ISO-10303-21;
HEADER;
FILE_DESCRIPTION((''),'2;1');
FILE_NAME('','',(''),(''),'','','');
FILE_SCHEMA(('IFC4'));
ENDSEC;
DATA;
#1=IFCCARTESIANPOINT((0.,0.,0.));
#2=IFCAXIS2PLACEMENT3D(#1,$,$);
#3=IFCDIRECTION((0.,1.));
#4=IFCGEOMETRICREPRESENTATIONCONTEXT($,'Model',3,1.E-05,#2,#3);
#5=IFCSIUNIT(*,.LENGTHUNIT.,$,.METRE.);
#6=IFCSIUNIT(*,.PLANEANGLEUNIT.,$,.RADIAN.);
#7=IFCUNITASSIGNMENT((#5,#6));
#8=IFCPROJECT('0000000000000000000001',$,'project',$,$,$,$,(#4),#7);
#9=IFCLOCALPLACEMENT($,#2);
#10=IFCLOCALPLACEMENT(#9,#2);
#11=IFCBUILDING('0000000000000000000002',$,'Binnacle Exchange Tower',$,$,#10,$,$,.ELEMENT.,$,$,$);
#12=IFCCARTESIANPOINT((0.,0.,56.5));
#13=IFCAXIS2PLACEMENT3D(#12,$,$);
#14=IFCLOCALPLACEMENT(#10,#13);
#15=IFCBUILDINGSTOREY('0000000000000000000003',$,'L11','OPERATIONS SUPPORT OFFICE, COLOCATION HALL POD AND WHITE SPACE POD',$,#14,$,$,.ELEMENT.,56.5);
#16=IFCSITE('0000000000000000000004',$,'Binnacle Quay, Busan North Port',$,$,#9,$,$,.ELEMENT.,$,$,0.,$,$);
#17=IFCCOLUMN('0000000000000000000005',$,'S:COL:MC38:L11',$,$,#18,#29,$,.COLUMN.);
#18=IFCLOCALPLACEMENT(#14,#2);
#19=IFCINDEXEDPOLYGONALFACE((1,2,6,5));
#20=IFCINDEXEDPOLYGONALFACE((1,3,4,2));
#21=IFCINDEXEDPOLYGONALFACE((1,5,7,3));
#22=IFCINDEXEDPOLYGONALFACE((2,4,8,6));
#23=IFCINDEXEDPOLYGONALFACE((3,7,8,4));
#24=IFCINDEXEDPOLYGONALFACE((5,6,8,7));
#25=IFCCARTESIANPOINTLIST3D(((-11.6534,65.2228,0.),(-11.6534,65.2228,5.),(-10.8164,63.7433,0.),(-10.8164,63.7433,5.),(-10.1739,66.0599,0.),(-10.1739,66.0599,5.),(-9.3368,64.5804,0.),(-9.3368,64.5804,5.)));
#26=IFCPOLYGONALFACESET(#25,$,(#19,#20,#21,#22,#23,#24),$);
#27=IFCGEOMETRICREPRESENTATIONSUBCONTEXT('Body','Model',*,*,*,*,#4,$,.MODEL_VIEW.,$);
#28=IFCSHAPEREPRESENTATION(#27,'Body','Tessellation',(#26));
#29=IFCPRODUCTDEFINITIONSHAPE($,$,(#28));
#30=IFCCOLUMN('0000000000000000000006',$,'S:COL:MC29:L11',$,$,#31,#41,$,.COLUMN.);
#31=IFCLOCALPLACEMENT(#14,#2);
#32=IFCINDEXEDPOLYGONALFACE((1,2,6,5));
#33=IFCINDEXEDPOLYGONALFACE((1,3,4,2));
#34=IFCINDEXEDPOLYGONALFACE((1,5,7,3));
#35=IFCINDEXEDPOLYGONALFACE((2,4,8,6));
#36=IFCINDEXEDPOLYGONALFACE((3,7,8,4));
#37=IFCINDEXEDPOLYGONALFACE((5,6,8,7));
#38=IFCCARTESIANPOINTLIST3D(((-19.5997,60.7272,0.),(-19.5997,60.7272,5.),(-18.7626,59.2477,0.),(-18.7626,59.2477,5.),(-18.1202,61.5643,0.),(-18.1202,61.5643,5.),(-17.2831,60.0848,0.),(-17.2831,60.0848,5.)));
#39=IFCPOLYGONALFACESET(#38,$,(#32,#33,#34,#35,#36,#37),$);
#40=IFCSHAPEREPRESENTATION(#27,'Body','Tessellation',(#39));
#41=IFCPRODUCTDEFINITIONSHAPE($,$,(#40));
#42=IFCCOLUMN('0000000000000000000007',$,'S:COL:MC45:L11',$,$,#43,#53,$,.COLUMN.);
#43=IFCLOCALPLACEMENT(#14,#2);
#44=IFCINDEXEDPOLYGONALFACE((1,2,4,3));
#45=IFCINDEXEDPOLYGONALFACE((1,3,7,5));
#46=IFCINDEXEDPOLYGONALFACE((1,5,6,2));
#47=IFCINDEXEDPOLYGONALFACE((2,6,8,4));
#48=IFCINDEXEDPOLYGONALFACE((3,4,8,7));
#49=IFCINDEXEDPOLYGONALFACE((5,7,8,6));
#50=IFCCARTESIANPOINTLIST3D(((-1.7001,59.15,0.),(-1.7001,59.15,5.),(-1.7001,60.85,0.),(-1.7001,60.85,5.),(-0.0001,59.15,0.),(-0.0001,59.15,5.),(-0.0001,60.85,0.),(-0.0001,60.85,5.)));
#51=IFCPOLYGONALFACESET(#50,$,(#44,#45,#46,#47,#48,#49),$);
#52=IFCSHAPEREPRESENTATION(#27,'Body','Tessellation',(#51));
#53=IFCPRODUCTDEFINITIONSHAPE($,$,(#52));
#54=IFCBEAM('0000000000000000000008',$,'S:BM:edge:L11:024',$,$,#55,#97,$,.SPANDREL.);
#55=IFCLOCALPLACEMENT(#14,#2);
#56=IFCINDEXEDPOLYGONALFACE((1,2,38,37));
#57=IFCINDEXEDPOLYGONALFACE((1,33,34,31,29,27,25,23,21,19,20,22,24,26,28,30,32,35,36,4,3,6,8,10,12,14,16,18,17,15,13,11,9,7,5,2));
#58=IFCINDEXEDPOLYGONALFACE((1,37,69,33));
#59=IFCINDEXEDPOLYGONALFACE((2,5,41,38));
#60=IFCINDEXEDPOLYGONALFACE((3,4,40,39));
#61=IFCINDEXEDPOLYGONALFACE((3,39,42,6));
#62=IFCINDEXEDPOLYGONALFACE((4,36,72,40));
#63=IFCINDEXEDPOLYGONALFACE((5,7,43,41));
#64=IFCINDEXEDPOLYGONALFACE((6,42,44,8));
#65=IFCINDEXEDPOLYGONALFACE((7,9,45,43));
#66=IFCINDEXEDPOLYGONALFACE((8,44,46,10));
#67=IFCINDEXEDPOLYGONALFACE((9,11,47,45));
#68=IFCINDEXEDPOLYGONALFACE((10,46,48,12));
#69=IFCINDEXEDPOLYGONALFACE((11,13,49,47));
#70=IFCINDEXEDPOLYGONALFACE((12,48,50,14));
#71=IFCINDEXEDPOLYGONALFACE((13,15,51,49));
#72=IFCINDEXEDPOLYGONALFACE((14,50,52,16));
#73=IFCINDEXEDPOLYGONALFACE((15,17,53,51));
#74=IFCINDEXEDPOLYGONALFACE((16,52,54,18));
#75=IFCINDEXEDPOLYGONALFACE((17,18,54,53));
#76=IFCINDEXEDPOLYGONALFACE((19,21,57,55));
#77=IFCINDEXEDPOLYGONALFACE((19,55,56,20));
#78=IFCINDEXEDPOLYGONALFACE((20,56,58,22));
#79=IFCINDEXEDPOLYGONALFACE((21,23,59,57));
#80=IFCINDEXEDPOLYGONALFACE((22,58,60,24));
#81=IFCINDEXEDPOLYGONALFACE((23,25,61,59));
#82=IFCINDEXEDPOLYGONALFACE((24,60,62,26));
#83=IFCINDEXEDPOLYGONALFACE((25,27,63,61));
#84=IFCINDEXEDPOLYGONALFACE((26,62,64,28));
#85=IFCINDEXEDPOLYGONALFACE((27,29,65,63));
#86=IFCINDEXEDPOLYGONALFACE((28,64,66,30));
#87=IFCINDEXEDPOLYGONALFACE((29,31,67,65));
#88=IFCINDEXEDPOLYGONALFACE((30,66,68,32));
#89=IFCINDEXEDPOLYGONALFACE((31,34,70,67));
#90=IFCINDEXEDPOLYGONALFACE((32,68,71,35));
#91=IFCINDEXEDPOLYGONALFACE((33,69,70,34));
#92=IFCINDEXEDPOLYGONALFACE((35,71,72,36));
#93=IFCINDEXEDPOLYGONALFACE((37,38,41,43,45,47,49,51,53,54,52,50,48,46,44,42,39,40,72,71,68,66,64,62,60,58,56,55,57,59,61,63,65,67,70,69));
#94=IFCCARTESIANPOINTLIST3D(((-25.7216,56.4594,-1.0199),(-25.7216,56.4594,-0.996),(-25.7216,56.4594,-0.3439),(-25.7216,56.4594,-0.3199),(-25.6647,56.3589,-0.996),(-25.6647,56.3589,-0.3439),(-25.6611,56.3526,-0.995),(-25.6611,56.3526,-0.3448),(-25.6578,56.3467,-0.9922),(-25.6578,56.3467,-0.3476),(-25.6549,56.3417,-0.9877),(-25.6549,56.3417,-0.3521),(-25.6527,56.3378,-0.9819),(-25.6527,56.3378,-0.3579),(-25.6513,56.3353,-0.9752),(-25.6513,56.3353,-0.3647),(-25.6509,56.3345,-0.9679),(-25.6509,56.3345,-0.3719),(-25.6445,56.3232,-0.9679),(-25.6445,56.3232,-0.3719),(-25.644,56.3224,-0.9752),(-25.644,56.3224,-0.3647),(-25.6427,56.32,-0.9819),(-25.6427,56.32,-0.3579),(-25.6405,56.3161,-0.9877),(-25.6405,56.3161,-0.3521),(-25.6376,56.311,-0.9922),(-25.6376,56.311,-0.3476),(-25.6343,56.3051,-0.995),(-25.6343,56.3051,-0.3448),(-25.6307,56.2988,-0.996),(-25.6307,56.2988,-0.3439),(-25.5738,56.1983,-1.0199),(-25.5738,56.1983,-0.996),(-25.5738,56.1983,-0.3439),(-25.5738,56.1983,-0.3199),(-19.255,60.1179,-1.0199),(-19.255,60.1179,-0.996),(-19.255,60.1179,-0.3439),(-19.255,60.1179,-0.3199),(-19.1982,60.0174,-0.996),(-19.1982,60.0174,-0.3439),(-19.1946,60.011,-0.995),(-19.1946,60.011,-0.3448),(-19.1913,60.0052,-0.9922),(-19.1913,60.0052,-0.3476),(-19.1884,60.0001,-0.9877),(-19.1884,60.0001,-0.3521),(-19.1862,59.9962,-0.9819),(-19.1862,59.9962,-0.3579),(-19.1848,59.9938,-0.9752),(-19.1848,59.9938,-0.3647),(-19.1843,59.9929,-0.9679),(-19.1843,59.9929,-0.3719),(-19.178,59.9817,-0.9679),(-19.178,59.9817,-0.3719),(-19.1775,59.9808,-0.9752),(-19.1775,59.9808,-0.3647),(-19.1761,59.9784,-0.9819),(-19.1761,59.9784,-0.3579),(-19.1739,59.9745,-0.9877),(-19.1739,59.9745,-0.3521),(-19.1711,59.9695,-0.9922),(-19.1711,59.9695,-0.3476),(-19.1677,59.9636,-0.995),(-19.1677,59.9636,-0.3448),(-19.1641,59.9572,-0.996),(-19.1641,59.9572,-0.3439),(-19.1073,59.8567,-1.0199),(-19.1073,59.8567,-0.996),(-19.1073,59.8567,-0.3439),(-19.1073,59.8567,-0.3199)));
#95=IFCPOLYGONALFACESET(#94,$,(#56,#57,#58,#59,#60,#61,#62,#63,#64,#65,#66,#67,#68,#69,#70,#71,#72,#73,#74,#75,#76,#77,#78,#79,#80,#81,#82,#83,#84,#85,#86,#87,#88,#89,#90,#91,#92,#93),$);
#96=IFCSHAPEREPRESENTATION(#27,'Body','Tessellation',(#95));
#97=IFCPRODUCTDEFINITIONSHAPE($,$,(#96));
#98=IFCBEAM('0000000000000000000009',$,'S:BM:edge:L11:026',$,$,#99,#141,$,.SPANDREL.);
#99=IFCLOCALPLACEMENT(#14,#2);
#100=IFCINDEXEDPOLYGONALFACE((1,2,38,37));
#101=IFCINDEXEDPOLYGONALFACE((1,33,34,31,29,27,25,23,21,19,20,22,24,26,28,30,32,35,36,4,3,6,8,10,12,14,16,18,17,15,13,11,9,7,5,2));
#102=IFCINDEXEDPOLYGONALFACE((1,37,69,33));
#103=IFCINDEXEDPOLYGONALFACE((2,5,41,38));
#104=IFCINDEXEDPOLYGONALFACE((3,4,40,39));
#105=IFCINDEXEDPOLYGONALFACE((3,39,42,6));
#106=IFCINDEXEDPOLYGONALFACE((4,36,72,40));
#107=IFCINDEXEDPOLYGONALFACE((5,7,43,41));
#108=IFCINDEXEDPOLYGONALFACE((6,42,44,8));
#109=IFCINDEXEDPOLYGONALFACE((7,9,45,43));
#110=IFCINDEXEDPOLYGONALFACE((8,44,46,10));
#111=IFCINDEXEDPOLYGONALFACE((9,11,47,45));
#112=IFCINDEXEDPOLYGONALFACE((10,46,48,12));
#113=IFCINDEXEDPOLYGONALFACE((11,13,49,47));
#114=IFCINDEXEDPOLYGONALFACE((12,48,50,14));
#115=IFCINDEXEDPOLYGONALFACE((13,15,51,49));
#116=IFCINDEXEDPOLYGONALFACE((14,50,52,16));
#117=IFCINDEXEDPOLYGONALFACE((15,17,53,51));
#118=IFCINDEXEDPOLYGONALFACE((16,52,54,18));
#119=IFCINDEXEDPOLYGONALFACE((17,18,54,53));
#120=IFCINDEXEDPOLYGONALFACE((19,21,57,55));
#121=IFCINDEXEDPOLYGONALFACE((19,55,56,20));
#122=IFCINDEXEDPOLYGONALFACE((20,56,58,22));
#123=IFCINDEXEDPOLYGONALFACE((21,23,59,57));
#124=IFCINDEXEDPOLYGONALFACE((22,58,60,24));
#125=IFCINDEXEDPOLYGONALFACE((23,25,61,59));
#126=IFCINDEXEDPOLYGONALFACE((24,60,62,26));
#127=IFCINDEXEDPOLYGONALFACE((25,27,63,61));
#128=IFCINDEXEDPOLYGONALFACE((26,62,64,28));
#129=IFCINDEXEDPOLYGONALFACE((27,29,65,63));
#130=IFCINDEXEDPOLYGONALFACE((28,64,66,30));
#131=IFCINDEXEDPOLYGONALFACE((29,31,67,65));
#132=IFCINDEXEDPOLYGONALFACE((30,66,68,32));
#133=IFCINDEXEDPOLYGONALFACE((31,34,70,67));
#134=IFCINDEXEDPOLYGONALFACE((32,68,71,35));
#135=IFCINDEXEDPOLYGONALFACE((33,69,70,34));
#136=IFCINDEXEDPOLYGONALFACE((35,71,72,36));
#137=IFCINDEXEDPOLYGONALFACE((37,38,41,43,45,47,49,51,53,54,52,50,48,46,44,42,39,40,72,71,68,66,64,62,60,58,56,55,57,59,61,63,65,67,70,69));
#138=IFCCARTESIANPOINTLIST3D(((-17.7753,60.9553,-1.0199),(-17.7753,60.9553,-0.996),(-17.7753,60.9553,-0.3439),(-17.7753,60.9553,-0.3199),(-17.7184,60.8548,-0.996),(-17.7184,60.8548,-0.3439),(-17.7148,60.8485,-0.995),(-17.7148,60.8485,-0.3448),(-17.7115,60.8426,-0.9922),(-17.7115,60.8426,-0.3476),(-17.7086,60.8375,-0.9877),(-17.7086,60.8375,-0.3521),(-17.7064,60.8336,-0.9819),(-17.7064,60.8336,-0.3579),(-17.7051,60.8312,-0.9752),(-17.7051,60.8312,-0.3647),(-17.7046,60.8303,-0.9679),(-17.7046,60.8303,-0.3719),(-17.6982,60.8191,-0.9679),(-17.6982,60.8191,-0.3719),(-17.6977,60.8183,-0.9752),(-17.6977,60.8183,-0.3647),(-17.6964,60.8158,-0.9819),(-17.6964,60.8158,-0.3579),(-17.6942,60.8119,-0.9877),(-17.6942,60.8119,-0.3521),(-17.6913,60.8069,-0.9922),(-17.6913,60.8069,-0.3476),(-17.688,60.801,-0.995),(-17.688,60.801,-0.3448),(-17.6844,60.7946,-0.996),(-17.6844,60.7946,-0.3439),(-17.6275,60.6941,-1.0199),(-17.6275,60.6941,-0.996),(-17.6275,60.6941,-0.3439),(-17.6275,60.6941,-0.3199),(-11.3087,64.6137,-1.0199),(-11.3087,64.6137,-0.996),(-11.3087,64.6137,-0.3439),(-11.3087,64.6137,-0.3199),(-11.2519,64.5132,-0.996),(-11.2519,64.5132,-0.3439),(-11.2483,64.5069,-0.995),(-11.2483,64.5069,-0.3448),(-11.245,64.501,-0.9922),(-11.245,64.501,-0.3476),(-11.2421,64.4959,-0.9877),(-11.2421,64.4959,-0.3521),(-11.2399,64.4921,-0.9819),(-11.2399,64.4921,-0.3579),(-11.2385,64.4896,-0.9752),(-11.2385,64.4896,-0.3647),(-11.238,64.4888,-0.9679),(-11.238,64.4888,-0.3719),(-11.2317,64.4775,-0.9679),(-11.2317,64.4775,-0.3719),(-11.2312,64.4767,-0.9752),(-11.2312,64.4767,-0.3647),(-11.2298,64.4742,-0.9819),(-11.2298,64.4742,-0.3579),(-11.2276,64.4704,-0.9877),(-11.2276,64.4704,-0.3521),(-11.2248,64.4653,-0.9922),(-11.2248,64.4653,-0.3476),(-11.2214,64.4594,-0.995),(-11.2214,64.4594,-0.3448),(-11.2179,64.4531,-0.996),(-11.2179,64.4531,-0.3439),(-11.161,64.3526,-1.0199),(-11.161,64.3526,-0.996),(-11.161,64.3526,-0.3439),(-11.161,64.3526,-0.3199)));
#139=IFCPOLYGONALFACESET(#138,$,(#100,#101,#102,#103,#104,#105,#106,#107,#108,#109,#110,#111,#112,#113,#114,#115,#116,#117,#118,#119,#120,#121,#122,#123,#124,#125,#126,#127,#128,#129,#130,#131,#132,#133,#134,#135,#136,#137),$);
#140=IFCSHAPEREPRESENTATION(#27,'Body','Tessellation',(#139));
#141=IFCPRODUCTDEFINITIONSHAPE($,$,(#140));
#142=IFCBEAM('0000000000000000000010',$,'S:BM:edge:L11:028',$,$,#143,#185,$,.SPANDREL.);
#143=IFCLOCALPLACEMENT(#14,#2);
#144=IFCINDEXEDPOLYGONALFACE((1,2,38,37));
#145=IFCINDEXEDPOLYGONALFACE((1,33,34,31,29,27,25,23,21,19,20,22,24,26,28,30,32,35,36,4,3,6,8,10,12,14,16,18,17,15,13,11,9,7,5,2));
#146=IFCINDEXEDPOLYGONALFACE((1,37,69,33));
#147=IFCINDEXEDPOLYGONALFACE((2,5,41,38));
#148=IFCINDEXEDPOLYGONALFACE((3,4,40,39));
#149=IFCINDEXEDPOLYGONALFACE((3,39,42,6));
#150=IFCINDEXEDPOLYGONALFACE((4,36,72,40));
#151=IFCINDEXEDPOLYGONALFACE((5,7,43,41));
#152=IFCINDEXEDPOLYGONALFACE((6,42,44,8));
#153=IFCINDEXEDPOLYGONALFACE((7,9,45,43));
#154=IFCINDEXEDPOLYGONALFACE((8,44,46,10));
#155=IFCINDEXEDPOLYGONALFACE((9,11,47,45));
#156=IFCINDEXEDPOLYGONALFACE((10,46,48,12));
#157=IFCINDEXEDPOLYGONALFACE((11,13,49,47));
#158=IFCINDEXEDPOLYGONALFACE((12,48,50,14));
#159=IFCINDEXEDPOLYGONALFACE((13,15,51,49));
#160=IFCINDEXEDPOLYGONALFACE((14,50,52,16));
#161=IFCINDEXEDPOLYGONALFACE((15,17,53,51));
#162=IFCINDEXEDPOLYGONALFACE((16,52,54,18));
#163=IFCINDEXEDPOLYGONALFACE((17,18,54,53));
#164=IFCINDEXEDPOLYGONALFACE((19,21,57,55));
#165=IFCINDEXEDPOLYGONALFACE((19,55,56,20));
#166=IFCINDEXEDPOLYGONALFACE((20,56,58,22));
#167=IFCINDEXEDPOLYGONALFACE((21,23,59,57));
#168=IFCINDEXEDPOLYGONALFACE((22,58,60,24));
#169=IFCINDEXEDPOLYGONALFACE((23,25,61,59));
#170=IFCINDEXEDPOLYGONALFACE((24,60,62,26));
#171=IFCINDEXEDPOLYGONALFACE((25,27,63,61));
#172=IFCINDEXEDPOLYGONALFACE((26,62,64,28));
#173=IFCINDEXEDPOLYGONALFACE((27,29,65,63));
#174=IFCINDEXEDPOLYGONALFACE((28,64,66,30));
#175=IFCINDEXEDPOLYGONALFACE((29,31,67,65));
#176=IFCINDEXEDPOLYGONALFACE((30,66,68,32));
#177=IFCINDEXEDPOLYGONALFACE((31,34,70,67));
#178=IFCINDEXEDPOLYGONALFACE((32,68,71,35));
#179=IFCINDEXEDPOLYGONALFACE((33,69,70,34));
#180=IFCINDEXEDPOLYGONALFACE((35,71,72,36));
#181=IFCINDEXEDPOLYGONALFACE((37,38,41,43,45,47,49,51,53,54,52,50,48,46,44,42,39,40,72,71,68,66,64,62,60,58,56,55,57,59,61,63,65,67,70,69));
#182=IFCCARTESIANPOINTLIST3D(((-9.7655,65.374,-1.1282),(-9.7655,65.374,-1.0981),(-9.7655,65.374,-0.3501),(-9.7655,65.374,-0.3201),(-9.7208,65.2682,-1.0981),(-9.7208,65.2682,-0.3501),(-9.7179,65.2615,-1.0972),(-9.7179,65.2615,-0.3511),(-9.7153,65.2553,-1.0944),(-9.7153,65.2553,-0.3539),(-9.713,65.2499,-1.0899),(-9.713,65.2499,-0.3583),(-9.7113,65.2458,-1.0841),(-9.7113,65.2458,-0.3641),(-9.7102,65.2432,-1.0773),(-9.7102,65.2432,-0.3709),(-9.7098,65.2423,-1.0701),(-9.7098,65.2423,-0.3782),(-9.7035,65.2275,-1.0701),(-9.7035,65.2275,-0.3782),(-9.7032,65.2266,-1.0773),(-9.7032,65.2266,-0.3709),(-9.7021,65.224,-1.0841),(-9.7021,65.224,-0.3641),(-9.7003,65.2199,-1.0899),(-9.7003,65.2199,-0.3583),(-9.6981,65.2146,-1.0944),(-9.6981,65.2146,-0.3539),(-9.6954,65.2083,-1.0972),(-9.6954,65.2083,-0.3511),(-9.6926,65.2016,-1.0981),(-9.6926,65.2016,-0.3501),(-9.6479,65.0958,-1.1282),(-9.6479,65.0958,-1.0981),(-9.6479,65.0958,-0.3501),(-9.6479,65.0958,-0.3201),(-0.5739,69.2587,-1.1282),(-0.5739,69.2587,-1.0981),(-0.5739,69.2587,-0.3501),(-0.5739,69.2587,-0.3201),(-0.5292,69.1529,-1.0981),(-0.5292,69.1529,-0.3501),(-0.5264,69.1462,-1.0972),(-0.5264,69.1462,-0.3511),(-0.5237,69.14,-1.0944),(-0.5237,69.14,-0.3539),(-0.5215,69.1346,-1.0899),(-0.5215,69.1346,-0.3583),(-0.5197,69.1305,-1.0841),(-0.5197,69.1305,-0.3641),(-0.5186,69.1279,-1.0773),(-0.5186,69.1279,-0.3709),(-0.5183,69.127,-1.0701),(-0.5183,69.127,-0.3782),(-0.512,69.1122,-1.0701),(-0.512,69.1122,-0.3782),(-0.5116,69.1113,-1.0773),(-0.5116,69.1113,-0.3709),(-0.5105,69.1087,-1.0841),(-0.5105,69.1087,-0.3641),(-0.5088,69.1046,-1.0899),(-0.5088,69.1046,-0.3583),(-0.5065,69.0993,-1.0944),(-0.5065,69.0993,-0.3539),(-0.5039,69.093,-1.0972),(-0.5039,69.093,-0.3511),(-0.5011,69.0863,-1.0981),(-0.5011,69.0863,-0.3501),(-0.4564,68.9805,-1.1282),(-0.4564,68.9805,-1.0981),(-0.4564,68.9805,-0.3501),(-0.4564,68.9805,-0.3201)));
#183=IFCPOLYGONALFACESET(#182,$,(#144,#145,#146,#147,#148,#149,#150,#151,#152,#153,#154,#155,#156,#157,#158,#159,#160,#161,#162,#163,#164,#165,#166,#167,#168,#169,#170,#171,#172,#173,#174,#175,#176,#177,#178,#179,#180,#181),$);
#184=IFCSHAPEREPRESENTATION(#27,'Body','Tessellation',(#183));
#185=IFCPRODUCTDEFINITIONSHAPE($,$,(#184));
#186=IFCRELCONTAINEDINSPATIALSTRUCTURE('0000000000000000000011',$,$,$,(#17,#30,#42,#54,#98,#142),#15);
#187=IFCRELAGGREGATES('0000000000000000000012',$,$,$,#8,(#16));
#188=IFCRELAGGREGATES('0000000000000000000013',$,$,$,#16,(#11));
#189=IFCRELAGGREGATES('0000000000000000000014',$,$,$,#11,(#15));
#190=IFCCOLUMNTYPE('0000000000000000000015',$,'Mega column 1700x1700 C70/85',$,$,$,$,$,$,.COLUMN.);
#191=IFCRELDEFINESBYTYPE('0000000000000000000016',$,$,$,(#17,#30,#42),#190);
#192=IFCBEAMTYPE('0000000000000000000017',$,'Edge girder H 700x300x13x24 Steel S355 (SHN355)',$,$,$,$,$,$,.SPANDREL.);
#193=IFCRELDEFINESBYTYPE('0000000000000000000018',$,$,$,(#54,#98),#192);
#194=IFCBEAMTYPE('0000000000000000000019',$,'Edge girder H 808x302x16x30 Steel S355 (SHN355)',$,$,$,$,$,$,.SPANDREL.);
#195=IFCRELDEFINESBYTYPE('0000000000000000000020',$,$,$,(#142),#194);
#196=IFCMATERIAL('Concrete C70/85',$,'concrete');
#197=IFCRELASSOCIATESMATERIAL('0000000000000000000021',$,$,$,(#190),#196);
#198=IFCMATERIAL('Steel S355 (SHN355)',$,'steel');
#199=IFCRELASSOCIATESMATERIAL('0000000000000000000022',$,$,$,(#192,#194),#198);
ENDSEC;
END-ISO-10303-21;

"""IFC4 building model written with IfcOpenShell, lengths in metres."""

from ifc_helpers import new_model, si_unit, direction, frame, origin, origin_2d, place, context, subcontext, project, spatial, rectangle, i_section, extrude, material, material_profile, profile_set, type_object, element, save


model = new_model("IFC4")

# Units and contexts
model_context = context("Model", 3, precision=1e-05, world=origin(), true_north=direction((0.0, 1.0)))
body_context = subcontext(model_context, "Body", "Model", "MODEL_VIEW")
ifc_project = project(units=[si_unit("LENGTHUNIT", "METRE"), si_unit("PLANEANGLEUNIT", "RADIAN")], contexts=[model_context])

# Site, building, storey
site_placement = place(None, origin())
site = spatial("IfcSite", under=ifc_project, at=site_placement, Name="Binnacle Quay, Busan North Port", CompositionType="ELEMENT", RefElevation=0.0)
building_placement = place(site_placement, origin())
building = spatial("IfcBuilding", under=site, at=building_placement, Name="Binnacle Exchange Tower", CompositionType="ELEMENT")
storey_placement = place(building_placement, frame((0.0, 0.0, 56.5)))
storey = spatial("IfcBuildingStorey", under=building, at=storey_placement, Name="L11", Description="OPERATIONS SUPPORT OFFICE, COLOCATION HALL POD AND WHITE SPACE POD", CompositionType="ELEMENT", Elevation=56.5)

# Columns
ifc_material_1 = material(Name="Concrete C70/85", Category="concrete")
ifc_material_profile_1 = material_profile(ifc_material_1, rectangle(XDim=1.7, YDim=1.7, at=origin_2d()), Name="Mega column 1700x1700 C70/85")
ifc_profile_set_1 = profile_set([ifc_material_profile_1], Name="Concrete C70/85")
column_type = type_object("IfcColumnType", Name="Mega column 1700x1700 C70/85", PredefinedType="COLUMN", material=ifc_profile_set_1)
for number, where, z_axis, x_axis, name in (
    (1, (-10.4951, 64.9016, 0.0), (0.0, 0.0, 1.0), (-0.870356, -0.492424, 0.0), "S:COL:MC38:L11"),
    (2, (-18.4414, 60.406, 0.0), (0.0, 0.0, 1.0), (-0.870356, -0.492424, 0.0), "S:COL:MC29:L11"),
    (3, (-0.8501, 60.0, 0.0), (0.0, 0.0, 1.0), (0.0, 1.0, 0.0), "S:COL:MC45:L11"),
):
    element("IfcColumn", number, at=place(storey_placement, frame(where, z_axis=z_axis, x_axis=x_axis)), inside=storey, type_object=column_type, Name=name, PredefinedType="COLUMN", context=body_context, shape_type="SweptSolid", body=[
        extrude(rectangle(XDim=1.7, YDim=1.7, at=origin_2d()), origin(), (0.0, 0.0, 1.0), 5.0),
    ])

# Beams
ifc_material_2 = material(Name="Steel S355 (SHN355)", Category="steel")
ifc_material_profile_2 = material_profile(ifc_material_2, i_section(OverallWidth=0.3, OverallDepth=0.7, WebThickness=0.0129, FlangeThickness=0.0239, FilletRadius=0.0281, at=origin_2d()), Name="H 700x300x13x24")
ifc_profile_set_2 = profile_set([ifc_material_profile_2], Name="Steel S355 (SHN355)")
beam_type_1 = type_object("IfcBeamType", Name="Edge girder H 700x300x13x24 Steel S355 (SHN355)", PredefinedType="SPANDREL", material=ifc_profile_set_2)
for number, where, z_axis, x_axis, name in (
    (4, (-19.1812, 59.9873, -0.6699), (-0.870364, -0.492408, 0.0), (0.492408, -0.870364, 0.0), "S:BM:edge:L11:024"),
    (5, (-11.2349, 64.4832, -0.6699), (-0.870364, -0.492408, 0.0), (0.492408, -0.870364, 0.0), "S:BM:edge:L11:026"),
):
    element("IfcBeam", number, at=place(storey_placement, frame(where, z_axis=z_axis, x_axis=x_axis)), inside=storey, type_object=beam_type_1, Name=name, PredefinedType="SPANDREL", context=body_context, shape_type="SweptSolid", body=[
        extrude(i_section(OverallWidth=0.3, OverallDepth=0.7, WebThickness=0.0129, FlangeThickness=0.0239, FilletRadius=0.0281, at=origin_2d()), origin(), (0.0, 0.0, 1.0), 7.4297),
    ])
ifc_material_profile_3 = material_profile(ifc_material_2, i_section(OverallWidth=0.302, OverallDepth=0.8081, WebThickness=0.0161, FlangeThickness=0.03, FilletRadius=0.0281, at=origin_2d()), Name="H 808x302x16x30")
ifc_profile_set_3 = profile_set([ifc_material_profile_3], Name="Steel S355 (SHN355)")
beam_type_2 = type_object("IfcBeamType", Name="Edge girder H 808x302x16x30 Steel S355 (SHN355)", PredefinedType="SPANDREL", material=ifc_profile_set_3)
beam_1_placement = place(storey_placement, frame((-0.5151, 69.1196, -0.7241), z_axis=(-0.921111, -0.389299, 0.0), x_axis=(0.389299, -0.921111, 0.0)))
element("IfcBeam", 6, at=beam_1_placement, inside=storey, type_object=beam_type_2, Name="S:BM:edge:L11:028", PredefinedType="SPANDREL", context=body_context, shape_type="SweptSolid", body=[
    extrude(i_section(OverallWidth=0.302, OverallDepth=0.8081, WebThickness=0.0161, FlangeThickness=0.03, FilletRadius=0.0281, at=origin_2d()), origin(), (0.0, 0.0, 1.0), 9.9788),
])

save(model, "model.ifc")
